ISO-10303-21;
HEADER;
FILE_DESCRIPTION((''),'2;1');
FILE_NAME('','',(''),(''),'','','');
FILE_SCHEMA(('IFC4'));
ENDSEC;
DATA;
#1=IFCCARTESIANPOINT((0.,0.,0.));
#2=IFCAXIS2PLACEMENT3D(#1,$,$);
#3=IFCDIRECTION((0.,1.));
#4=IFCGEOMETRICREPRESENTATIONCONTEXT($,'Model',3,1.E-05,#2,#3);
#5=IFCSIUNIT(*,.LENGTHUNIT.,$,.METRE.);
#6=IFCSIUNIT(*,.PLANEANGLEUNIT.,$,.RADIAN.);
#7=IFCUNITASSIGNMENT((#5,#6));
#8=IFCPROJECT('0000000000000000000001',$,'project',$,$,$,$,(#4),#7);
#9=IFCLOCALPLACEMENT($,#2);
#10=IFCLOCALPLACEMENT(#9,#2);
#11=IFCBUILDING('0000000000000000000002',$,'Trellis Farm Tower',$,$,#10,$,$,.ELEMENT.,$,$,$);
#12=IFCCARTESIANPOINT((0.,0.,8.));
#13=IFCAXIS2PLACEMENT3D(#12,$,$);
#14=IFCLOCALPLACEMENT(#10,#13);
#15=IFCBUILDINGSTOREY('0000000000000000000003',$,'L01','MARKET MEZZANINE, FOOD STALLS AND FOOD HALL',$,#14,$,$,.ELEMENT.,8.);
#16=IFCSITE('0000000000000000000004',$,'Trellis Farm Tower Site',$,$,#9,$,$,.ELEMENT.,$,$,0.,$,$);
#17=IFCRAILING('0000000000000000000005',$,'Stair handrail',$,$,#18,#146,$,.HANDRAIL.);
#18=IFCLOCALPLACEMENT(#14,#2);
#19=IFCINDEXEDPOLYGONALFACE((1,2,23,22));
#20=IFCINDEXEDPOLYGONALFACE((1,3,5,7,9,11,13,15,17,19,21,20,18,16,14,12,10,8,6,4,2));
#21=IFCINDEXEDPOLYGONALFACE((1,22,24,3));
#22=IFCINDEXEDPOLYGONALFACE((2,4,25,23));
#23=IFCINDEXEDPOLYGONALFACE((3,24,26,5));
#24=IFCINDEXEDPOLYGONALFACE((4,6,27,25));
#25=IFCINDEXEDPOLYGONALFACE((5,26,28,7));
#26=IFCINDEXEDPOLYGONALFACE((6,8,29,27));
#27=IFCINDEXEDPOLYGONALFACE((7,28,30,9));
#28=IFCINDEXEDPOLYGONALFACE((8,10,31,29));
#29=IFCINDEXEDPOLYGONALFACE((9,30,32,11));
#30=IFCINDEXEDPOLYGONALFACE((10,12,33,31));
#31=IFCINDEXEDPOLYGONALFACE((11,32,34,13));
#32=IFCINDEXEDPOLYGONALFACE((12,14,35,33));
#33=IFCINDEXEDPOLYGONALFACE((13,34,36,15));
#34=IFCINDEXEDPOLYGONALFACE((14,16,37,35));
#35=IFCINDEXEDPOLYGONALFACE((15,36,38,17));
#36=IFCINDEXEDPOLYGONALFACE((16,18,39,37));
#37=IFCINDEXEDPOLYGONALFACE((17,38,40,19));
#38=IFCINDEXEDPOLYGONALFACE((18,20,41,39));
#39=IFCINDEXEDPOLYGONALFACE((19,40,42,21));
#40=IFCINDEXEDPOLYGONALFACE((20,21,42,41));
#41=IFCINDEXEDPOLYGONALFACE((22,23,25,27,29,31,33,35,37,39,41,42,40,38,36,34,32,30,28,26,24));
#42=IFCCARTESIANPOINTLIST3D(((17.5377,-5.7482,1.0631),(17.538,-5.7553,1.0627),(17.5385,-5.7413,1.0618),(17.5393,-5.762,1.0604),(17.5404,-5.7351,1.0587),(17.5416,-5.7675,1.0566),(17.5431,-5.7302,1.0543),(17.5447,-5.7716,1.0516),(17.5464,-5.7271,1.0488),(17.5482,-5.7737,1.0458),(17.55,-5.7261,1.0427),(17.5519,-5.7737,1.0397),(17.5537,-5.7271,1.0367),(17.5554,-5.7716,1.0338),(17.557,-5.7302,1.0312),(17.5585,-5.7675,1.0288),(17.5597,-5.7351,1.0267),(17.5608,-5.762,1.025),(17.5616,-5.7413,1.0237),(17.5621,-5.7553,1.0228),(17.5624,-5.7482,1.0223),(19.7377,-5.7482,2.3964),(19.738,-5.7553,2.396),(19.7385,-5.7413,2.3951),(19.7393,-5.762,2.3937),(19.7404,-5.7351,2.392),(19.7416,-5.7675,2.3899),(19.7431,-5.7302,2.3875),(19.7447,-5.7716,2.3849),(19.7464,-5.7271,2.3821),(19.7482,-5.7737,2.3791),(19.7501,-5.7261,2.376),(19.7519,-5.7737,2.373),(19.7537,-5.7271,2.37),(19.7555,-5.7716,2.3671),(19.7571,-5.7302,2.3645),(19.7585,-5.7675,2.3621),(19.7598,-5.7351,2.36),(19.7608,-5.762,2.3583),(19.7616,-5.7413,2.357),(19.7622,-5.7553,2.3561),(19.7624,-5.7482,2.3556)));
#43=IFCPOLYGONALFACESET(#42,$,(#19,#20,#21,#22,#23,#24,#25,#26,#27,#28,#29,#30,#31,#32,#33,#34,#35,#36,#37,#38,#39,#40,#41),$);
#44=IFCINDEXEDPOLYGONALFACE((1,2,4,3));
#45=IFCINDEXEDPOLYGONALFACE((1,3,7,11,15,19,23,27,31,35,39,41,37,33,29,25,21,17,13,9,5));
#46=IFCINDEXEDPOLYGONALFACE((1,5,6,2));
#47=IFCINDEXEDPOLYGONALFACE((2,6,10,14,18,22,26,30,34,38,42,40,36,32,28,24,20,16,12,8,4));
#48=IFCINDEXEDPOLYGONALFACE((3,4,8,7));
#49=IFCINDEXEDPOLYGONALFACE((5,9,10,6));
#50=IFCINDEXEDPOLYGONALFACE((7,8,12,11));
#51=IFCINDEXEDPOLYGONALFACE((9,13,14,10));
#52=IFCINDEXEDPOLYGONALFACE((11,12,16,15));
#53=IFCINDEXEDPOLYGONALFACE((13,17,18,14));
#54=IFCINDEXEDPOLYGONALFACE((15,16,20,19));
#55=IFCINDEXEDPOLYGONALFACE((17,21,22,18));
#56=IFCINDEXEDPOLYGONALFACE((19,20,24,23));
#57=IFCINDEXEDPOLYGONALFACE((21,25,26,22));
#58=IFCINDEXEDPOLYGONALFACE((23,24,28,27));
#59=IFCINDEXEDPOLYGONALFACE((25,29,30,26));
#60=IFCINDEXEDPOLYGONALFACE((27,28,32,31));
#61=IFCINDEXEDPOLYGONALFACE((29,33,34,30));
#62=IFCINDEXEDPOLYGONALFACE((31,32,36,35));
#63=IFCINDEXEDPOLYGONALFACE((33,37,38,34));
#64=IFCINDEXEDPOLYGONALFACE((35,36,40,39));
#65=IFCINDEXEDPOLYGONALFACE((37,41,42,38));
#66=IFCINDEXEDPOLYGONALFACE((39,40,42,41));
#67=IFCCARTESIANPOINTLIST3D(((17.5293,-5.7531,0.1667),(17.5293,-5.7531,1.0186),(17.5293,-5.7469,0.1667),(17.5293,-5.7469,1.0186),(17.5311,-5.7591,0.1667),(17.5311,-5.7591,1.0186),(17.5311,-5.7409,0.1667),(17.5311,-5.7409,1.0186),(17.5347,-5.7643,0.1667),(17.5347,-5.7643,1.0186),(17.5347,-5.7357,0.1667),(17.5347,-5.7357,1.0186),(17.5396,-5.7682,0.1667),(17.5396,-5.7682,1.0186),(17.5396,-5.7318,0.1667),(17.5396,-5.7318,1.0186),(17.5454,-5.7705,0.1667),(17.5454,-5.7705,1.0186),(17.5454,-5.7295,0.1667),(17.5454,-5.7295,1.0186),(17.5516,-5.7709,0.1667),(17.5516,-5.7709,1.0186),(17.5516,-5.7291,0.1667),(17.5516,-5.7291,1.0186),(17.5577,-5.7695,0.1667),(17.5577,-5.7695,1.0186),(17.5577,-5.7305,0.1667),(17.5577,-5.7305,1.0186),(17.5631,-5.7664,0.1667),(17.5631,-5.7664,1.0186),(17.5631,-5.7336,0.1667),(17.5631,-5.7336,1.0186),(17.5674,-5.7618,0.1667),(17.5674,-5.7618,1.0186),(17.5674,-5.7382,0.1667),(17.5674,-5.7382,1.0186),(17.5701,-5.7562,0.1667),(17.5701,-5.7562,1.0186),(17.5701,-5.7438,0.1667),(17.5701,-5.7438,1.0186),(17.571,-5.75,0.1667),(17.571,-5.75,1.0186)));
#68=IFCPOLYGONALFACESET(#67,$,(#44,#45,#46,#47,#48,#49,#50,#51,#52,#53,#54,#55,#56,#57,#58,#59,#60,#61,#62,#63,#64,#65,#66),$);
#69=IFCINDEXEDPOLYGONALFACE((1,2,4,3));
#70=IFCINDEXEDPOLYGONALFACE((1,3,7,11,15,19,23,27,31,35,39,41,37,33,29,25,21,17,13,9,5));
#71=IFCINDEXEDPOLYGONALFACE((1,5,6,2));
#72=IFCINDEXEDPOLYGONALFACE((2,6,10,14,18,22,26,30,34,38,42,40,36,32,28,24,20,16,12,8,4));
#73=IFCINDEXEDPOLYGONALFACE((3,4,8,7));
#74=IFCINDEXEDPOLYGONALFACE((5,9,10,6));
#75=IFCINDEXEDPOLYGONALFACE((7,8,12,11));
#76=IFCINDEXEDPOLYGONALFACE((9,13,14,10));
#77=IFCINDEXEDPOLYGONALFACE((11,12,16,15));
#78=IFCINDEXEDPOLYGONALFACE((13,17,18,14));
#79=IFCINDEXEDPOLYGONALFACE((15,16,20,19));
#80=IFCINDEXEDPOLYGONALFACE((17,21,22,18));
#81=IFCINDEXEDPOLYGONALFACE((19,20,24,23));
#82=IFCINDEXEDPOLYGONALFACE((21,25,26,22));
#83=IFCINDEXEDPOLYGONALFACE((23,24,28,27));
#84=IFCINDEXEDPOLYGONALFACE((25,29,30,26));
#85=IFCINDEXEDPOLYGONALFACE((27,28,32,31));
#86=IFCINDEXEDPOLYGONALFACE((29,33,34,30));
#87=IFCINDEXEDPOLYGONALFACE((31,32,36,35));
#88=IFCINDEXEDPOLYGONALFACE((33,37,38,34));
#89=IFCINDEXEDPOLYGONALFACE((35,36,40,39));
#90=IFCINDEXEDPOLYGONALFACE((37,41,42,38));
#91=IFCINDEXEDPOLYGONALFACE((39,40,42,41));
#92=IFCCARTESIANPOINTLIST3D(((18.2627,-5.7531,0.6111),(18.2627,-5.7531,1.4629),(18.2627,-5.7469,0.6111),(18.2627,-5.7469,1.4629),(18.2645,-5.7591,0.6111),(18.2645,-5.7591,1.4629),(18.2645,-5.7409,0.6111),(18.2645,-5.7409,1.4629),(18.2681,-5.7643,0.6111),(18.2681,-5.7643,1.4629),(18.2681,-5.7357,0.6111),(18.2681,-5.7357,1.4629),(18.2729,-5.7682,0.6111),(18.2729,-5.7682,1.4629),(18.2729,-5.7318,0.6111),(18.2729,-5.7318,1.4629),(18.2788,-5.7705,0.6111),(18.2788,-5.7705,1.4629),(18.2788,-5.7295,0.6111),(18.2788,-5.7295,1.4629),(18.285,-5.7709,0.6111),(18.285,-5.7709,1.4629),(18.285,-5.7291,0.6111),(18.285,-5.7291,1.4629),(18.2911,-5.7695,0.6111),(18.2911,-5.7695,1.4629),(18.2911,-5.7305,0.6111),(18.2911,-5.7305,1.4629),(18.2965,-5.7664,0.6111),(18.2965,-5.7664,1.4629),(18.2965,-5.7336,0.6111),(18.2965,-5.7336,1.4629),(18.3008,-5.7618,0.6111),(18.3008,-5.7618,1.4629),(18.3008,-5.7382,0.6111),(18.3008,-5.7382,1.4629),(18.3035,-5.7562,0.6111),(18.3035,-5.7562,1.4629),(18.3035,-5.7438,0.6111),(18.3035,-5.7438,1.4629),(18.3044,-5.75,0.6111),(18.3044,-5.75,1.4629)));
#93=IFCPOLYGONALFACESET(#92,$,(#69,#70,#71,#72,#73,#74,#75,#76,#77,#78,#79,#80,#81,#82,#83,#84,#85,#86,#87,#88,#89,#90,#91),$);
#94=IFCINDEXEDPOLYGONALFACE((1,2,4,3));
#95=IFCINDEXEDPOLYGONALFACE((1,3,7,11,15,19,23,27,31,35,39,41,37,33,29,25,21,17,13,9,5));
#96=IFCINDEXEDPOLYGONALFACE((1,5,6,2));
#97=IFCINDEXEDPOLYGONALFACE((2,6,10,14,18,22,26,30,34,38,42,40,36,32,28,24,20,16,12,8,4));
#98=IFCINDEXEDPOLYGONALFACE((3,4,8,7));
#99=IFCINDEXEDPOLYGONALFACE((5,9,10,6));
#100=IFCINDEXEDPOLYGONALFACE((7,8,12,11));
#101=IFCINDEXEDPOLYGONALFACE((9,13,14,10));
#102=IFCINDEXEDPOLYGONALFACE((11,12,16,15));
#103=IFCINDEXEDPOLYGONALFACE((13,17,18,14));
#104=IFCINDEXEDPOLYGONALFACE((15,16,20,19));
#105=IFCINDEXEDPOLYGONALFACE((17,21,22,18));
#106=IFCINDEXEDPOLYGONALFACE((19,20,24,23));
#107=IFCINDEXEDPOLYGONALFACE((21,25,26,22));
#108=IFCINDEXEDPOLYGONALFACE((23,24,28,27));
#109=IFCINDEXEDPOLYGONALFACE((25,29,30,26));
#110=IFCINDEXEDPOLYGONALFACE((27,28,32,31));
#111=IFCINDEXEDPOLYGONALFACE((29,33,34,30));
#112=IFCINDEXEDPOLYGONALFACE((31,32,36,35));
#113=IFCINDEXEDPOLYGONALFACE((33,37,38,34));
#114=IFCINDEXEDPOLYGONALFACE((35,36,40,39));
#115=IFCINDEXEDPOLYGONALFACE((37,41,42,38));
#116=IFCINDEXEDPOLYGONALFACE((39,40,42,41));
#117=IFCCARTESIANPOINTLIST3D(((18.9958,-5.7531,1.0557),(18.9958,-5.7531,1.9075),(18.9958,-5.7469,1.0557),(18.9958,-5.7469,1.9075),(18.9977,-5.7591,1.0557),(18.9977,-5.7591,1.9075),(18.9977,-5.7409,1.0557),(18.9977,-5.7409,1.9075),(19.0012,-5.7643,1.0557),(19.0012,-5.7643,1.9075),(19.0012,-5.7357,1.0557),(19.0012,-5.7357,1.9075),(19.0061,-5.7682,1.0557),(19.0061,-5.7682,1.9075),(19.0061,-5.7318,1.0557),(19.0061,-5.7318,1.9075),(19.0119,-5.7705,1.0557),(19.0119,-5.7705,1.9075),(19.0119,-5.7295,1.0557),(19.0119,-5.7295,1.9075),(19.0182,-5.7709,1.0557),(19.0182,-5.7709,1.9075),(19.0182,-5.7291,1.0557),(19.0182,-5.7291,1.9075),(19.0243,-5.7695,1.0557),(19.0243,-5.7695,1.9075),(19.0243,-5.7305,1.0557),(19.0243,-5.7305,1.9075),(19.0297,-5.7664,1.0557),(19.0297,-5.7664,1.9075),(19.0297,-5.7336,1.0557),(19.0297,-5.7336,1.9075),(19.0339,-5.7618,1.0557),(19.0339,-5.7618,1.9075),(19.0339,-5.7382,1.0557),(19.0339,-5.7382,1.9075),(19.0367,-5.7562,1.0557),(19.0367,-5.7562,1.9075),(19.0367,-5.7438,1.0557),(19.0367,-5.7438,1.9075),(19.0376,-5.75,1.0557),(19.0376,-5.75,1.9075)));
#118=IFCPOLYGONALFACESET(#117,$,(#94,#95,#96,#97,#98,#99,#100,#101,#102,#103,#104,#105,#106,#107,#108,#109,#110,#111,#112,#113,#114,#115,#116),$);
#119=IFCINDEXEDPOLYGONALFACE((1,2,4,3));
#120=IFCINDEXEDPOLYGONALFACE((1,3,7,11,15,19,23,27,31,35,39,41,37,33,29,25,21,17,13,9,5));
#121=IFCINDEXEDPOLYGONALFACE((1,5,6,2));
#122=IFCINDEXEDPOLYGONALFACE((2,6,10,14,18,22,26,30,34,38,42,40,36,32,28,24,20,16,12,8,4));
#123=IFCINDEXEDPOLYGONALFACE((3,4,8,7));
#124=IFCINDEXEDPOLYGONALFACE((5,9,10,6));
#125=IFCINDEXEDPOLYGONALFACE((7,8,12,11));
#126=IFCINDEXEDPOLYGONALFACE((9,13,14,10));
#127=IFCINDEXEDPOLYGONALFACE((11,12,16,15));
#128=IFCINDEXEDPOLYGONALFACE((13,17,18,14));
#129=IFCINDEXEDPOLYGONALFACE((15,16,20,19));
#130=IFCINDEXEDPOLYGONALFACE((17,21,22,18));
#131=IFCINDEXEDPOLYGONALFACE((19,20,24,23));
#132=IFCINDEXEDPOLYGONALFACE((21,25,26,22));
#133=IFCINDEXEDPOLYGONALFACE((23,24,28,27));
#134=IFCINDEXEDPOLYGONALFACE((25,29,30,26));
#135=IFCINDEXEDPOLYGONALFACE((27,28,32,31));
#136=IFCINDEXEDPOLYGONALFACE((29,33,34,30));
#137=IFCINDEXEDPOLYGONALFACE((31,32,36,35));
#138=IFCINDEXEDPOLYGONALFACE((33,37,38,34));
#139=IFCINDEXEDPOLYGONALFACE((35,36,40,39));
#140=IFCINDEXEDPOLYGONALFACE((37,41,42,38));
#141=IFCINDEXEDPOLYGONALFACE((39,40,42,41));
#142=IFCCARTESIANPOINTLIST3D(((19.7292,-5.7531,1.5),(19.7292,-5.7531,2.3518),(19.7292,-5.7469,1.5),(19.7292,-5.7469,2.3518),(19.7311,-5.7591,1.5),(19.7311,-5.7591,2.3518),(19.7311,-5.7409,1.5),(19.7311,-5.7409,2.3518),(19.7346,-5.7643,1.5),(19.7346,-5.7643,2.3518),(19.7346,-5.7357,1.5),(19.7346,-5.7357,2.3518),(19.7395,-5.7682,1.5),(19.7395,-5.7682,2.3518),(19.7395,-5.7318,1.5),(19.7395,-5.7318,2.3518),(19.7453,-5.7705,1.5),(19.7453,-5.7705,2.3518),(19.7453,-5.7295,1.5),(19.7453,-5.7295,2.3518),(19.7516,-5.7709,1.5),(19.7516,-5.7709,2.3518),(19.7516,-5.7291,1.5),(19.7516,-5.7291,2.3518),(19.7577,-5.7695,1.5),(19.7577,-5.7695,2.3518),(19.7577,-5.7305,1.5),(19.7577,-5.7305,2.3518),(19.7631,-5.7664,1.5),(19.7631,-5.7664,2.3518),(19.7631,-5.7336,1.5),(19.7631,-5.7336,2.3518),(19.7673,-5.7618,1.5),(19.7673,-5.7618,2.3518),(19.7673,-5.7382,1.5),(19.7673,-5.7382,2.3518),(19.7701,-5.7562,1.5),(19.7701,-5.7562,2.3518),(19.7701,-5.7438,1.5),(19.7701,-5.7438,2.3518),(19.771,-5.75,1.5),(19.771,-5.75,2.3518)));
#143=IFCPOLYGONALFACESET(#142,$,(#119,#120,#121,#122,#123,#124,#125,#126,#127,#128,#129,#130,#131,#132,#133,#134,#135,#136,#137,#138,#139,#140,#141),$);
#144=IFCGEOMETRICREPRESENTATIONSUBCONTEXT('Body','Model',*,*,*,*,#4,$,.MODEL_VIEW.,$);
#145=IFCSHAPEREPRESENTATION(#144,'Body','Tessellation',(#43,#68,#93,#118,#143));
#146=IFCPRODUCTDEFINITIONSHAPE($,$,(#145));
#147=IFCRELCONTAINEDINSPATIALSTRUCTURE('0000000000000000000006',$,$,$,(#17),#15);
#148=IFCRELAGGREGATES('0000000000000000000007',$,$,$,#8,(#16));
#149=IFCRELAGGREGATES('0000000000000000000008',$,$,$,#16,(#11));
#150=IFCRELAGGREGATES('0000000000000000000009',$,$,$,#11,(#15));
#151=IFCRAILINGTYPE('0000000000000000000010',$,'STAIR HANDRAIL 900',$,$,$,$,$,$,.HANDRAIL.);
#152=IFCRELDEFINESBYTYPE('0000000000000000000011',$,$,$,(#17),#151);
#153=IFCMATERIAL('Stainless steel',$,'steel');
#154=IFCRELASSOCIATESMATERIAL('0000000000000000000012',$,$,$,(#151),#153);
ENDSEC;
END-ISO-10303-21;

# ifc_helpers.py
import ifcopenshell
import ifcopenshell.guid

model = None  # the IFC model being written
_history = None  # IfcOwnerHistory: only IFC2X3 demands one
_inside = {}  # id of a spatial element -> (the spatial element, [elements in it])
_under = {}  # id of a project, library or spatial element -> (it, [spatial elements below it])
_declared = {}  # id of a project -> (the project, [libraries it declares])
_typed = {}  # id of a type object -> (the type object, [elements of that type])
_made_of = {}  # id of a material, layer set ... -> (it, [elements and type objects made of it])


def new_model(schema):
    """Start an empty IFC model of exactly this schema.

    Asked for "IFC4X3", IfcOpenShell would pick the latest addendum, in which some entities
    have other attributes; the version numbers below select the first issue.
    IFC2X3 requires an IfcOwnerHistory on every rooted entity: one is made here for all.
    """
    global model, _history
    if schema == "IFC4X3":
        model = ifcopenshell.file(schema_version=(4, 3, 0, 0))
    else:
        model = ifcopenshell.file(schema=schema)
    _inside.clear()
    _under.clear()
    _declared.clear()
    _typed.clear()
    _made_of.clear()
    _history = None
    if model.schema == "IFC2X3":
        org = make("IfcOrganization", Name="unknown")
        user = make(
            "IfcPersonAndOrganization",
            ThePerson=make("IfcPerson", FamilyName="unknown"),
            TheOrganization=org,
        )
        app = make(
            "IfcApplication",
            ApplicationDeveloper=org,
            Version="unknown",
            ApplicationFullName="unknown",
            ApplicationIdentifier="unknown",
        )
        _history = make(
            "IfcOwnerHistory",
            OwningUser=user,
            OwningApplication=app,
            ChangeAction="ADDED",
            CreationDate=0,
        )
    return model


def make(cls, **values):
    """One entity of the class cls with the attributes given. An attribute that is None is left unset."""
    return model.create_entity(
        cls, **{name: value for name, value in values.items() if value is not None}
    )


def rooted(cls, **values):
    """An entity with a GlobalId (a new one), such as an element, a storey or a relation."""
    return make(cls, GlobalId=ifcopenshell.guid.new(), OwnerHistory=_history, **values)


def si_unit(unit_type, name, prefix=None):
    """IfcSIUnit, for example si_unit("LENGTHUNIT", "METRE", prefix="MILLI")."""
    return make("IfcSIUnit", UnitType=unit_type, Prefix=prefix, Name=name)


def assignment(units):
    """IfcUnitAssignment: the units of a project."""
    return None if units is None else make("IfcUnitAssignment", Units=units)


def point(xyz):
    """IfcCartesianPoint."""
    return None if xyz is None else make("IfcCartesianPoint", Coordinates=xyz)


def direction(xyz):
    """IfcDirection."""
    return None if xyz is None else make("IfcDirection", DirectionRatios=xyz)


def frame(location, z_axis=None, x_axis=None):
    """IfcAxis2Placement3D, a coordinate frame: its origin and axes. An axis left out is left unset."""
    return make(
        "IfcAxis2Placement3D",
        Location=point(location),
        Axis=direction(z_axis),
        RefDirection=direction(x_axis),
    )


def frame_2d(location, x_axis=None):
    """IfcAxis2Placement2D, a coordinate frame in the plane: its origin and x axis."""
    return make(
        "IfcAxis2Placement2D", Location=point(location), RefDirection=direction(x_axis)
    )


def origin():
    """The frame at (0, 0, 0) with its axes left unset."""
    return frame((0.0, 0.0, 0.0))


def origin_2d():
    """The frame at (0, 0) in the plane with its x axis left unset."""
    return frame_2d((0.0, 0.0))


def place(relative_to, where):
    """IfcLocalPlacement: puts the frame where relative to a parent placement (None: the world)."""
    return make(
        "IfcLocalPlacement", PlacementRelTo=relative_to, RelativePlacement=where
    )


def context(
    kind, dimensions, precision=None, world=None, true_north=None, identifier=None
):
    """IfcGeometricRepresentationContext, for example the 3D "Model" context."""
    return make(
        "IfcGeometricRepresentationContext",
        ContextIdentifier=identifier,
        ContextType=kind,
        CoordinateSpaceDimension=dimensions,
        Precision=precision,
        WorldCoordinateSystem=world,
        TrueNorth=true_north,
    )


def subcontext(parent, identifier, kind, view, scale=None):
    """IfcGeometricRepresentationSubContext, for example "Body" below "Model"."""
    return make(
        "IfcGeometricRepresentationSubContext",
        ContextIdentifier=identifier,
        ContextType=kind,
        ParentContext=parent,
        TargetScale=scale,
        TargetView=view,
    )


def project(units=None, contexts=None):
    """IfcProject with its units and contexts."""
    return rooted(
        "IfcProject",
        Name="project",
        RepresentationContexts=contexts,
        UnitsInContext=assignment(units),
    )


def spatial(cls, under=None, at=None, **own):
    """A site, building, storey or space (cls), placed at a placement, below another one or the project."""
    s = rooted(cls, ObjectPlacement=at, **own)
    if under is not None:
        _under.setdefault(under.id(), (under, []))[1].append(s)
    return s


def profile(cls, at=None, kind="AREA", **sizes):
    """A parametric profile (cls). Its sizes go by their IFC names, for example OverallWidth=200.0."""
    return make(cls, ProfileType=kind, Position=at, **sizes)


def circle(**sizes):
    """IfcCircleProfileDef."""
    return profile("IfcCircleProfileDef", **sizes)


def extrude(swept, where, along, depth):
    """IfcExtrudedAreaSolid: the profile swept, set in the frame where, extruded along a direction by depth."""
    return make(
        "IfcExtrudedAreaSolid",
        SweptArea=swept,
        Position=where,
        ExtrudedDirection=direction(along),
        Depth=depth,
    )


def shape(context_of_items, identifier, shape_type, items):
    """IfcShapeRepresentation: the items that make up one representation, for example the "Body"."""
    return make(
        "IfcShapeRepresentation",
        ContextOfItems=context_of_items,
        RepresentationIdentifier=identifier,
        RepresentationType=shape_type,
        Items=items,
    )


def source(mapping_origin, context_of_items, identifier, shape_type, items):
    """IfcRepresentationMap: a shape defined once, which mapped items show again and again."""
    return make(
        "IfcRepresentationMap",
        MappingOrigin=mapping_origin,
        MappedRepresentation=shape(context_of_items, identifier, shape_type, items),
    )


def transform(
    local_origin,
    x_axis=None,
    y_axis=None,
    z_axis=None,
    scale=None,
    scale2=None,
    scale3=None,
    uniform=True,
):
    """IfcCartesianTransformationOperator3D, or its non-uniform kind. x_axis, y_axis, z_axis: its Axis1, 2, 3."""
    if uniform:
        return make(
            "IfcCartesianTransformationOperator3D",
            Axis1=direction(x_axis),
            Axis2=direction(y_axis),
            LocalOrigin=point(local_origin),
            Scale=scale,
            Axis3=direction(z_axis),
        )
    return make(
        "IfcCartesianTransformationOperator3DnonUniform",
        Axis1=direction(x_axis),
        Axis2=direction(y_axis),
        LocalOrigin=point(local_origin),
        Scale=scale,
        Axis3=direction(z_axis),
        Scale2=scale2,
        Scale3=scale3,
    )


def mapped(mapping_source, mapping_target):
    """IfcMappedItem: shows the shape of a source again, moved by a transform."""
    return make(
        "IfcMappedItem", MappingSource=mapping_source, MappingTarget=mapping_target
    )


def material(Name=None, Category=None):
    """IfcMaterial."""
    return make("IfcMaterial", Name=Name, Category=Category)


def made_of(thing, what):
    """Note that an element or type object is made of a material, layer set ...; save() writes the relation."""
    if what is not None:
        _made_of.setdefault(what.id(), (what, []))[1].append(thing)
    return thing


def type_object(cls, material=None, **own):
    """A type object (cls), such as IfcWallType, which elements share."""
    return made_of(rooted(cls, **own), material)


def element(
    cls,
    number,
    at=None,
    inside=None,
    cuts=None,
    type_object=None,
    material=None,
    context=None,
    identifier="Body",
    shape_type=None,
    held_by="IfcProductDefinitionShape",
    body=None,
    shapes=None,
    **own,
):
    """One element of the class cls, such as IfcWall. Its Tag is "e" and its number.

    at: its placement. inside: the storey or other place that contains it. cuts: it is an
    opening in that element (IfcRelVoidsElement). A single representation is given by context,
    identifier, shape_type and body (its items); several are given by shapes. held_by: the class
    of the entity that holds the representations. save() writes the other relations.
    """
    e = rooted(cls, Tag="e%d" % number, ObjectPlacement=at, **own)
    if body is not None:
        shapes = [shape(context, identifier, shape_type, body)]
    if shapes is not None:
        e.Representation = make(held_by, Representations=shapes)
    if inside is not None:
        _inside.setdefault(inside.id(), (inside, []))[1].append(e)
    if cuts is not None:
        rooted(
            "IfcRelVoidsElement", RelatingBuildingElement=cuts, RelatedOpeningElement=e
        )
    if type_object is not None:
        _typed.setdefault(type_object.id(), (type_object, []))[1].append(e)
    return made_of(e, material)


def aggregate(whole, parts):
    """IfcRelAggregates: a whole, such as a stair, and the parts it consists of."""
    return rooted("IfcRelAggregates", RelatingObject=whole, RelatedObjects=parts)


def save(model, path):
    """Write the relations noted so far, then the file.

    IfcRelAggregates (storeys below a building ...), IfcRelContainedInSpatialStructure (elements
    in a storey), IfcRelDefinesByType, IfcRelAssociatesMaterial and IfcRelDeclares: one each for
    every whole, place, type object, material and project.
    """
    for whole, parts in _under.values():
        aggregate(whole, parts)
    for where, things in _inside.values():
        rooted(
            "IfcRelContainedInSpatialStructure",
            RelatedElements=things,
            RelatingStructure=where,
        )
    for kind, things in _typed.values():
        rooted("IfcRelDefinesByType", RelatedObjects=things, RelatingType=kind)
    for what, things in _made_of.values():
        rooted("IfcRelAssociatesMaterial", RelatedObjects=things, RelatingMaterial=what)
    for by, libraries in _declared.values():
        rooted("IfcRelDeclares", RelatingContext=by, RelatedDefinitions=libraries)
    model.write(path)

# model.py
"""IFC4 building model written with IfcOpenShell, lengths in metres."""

from ifc_helpers import new_model, si_unit, direction, frame, origin, origin_2d, place, context, subcontext, project, spatial, circle, extrude, source, transform, mapped, material, type_object, element, save


model = new_model("IFC4")

# Units and contexts
model_context = context("Model", 3, precision=1e-05, world=origin(), true_north=direction((0.0, 1.0)))
body_context = subcontext(model_context, "Body", "Model", "MODEL_VIEW")
ifc_project = project(units=[si_unit("LENGTHUNIT", "METRE"), si_unit("PLANEANGLEUNIT", "RADIAN")], contexts=[model_context])

# Site, building, storey
site_placement = place(None, origin())
site = spatial("IfcSite", under=ifc_project, at=site_placement, Name="Trellis Farm Tower Site", CompositionType="ELEMENT", RefElevation=0.0)
building_placement = place(site_placement, origin())
building = spatial("IfcBuilding", under=site, at=building_placement, Name="Trellis Farm Tower", CompositionType="ELEMENT")
storey_placement = place(building_placement, frame((0.0, 0.0, 8.0)))
storey = spatial("IfcBuildingStorey", under=building, at=storey_placement, Name="L01", Description="MARKET MEZZANINE, FOOD STALLS AND FOOD HALL", CompositionType="ELEMENT", Elevation=8.0)

# Shared definitions
ifc_material_1 = material(Name="Stainless steel", Category="steel")

# Railing
railing_type = type_object("IfcRailingType", Name="STAIR HANDRAIL 900", PredefinedType="HANDRAIL", material=ifc_material_1)
shared_shape_1 = source(origin(), body_context, "Body", "SweptSolid", [
    extrude(circle(Radius=0.0239, at=origin_2d()), frame((0.0, 0.0, 0.876), z_axis=(0.855207, 0.0, 0.518287), x_axis=(0.0, 1.0, 0.0)), (0.0, 0.0, 1.0), 2.5725),
    extrude(circle(Radius=0.021, at=origin_2d()), origin(), (0.0, 0.0, 1.0), 0.8518),
    extrude(circle(Radius=0.021, at=origin_2d()), frame((0.7334, 0.0, 0.4443)), (0.0, 0.0, 1.0), 0.8518),
    extrude(circle(Radius=0.021, at=origin_2d()), frame((1.4666, 0.0, 0.8889)), (0.0, 0.0, 1.0), 0.8518),
    extrude(circle(Radius=0.021, at=origin_2d()), frame((2.2, 0.0, 1.3333)), (0.0, 0.0, 1.0), 0.8518),
])
for number, where, name in (
    (1, (17.55, -5.75, 0.1667), "Stair handrail"),
):
    element("IfcRailing", number, at=place(storey_placement, frame(where)), inside=storey, type_object=railing_type, Name=name, PredefinedType="HANDRAIL", context=body_context, shape_type="MappedRepresentation", body=[
        mapped(shared_shape_1, transform((0.0, 0.0, 0.0))),
    ])

save(model, "model.ifc")
